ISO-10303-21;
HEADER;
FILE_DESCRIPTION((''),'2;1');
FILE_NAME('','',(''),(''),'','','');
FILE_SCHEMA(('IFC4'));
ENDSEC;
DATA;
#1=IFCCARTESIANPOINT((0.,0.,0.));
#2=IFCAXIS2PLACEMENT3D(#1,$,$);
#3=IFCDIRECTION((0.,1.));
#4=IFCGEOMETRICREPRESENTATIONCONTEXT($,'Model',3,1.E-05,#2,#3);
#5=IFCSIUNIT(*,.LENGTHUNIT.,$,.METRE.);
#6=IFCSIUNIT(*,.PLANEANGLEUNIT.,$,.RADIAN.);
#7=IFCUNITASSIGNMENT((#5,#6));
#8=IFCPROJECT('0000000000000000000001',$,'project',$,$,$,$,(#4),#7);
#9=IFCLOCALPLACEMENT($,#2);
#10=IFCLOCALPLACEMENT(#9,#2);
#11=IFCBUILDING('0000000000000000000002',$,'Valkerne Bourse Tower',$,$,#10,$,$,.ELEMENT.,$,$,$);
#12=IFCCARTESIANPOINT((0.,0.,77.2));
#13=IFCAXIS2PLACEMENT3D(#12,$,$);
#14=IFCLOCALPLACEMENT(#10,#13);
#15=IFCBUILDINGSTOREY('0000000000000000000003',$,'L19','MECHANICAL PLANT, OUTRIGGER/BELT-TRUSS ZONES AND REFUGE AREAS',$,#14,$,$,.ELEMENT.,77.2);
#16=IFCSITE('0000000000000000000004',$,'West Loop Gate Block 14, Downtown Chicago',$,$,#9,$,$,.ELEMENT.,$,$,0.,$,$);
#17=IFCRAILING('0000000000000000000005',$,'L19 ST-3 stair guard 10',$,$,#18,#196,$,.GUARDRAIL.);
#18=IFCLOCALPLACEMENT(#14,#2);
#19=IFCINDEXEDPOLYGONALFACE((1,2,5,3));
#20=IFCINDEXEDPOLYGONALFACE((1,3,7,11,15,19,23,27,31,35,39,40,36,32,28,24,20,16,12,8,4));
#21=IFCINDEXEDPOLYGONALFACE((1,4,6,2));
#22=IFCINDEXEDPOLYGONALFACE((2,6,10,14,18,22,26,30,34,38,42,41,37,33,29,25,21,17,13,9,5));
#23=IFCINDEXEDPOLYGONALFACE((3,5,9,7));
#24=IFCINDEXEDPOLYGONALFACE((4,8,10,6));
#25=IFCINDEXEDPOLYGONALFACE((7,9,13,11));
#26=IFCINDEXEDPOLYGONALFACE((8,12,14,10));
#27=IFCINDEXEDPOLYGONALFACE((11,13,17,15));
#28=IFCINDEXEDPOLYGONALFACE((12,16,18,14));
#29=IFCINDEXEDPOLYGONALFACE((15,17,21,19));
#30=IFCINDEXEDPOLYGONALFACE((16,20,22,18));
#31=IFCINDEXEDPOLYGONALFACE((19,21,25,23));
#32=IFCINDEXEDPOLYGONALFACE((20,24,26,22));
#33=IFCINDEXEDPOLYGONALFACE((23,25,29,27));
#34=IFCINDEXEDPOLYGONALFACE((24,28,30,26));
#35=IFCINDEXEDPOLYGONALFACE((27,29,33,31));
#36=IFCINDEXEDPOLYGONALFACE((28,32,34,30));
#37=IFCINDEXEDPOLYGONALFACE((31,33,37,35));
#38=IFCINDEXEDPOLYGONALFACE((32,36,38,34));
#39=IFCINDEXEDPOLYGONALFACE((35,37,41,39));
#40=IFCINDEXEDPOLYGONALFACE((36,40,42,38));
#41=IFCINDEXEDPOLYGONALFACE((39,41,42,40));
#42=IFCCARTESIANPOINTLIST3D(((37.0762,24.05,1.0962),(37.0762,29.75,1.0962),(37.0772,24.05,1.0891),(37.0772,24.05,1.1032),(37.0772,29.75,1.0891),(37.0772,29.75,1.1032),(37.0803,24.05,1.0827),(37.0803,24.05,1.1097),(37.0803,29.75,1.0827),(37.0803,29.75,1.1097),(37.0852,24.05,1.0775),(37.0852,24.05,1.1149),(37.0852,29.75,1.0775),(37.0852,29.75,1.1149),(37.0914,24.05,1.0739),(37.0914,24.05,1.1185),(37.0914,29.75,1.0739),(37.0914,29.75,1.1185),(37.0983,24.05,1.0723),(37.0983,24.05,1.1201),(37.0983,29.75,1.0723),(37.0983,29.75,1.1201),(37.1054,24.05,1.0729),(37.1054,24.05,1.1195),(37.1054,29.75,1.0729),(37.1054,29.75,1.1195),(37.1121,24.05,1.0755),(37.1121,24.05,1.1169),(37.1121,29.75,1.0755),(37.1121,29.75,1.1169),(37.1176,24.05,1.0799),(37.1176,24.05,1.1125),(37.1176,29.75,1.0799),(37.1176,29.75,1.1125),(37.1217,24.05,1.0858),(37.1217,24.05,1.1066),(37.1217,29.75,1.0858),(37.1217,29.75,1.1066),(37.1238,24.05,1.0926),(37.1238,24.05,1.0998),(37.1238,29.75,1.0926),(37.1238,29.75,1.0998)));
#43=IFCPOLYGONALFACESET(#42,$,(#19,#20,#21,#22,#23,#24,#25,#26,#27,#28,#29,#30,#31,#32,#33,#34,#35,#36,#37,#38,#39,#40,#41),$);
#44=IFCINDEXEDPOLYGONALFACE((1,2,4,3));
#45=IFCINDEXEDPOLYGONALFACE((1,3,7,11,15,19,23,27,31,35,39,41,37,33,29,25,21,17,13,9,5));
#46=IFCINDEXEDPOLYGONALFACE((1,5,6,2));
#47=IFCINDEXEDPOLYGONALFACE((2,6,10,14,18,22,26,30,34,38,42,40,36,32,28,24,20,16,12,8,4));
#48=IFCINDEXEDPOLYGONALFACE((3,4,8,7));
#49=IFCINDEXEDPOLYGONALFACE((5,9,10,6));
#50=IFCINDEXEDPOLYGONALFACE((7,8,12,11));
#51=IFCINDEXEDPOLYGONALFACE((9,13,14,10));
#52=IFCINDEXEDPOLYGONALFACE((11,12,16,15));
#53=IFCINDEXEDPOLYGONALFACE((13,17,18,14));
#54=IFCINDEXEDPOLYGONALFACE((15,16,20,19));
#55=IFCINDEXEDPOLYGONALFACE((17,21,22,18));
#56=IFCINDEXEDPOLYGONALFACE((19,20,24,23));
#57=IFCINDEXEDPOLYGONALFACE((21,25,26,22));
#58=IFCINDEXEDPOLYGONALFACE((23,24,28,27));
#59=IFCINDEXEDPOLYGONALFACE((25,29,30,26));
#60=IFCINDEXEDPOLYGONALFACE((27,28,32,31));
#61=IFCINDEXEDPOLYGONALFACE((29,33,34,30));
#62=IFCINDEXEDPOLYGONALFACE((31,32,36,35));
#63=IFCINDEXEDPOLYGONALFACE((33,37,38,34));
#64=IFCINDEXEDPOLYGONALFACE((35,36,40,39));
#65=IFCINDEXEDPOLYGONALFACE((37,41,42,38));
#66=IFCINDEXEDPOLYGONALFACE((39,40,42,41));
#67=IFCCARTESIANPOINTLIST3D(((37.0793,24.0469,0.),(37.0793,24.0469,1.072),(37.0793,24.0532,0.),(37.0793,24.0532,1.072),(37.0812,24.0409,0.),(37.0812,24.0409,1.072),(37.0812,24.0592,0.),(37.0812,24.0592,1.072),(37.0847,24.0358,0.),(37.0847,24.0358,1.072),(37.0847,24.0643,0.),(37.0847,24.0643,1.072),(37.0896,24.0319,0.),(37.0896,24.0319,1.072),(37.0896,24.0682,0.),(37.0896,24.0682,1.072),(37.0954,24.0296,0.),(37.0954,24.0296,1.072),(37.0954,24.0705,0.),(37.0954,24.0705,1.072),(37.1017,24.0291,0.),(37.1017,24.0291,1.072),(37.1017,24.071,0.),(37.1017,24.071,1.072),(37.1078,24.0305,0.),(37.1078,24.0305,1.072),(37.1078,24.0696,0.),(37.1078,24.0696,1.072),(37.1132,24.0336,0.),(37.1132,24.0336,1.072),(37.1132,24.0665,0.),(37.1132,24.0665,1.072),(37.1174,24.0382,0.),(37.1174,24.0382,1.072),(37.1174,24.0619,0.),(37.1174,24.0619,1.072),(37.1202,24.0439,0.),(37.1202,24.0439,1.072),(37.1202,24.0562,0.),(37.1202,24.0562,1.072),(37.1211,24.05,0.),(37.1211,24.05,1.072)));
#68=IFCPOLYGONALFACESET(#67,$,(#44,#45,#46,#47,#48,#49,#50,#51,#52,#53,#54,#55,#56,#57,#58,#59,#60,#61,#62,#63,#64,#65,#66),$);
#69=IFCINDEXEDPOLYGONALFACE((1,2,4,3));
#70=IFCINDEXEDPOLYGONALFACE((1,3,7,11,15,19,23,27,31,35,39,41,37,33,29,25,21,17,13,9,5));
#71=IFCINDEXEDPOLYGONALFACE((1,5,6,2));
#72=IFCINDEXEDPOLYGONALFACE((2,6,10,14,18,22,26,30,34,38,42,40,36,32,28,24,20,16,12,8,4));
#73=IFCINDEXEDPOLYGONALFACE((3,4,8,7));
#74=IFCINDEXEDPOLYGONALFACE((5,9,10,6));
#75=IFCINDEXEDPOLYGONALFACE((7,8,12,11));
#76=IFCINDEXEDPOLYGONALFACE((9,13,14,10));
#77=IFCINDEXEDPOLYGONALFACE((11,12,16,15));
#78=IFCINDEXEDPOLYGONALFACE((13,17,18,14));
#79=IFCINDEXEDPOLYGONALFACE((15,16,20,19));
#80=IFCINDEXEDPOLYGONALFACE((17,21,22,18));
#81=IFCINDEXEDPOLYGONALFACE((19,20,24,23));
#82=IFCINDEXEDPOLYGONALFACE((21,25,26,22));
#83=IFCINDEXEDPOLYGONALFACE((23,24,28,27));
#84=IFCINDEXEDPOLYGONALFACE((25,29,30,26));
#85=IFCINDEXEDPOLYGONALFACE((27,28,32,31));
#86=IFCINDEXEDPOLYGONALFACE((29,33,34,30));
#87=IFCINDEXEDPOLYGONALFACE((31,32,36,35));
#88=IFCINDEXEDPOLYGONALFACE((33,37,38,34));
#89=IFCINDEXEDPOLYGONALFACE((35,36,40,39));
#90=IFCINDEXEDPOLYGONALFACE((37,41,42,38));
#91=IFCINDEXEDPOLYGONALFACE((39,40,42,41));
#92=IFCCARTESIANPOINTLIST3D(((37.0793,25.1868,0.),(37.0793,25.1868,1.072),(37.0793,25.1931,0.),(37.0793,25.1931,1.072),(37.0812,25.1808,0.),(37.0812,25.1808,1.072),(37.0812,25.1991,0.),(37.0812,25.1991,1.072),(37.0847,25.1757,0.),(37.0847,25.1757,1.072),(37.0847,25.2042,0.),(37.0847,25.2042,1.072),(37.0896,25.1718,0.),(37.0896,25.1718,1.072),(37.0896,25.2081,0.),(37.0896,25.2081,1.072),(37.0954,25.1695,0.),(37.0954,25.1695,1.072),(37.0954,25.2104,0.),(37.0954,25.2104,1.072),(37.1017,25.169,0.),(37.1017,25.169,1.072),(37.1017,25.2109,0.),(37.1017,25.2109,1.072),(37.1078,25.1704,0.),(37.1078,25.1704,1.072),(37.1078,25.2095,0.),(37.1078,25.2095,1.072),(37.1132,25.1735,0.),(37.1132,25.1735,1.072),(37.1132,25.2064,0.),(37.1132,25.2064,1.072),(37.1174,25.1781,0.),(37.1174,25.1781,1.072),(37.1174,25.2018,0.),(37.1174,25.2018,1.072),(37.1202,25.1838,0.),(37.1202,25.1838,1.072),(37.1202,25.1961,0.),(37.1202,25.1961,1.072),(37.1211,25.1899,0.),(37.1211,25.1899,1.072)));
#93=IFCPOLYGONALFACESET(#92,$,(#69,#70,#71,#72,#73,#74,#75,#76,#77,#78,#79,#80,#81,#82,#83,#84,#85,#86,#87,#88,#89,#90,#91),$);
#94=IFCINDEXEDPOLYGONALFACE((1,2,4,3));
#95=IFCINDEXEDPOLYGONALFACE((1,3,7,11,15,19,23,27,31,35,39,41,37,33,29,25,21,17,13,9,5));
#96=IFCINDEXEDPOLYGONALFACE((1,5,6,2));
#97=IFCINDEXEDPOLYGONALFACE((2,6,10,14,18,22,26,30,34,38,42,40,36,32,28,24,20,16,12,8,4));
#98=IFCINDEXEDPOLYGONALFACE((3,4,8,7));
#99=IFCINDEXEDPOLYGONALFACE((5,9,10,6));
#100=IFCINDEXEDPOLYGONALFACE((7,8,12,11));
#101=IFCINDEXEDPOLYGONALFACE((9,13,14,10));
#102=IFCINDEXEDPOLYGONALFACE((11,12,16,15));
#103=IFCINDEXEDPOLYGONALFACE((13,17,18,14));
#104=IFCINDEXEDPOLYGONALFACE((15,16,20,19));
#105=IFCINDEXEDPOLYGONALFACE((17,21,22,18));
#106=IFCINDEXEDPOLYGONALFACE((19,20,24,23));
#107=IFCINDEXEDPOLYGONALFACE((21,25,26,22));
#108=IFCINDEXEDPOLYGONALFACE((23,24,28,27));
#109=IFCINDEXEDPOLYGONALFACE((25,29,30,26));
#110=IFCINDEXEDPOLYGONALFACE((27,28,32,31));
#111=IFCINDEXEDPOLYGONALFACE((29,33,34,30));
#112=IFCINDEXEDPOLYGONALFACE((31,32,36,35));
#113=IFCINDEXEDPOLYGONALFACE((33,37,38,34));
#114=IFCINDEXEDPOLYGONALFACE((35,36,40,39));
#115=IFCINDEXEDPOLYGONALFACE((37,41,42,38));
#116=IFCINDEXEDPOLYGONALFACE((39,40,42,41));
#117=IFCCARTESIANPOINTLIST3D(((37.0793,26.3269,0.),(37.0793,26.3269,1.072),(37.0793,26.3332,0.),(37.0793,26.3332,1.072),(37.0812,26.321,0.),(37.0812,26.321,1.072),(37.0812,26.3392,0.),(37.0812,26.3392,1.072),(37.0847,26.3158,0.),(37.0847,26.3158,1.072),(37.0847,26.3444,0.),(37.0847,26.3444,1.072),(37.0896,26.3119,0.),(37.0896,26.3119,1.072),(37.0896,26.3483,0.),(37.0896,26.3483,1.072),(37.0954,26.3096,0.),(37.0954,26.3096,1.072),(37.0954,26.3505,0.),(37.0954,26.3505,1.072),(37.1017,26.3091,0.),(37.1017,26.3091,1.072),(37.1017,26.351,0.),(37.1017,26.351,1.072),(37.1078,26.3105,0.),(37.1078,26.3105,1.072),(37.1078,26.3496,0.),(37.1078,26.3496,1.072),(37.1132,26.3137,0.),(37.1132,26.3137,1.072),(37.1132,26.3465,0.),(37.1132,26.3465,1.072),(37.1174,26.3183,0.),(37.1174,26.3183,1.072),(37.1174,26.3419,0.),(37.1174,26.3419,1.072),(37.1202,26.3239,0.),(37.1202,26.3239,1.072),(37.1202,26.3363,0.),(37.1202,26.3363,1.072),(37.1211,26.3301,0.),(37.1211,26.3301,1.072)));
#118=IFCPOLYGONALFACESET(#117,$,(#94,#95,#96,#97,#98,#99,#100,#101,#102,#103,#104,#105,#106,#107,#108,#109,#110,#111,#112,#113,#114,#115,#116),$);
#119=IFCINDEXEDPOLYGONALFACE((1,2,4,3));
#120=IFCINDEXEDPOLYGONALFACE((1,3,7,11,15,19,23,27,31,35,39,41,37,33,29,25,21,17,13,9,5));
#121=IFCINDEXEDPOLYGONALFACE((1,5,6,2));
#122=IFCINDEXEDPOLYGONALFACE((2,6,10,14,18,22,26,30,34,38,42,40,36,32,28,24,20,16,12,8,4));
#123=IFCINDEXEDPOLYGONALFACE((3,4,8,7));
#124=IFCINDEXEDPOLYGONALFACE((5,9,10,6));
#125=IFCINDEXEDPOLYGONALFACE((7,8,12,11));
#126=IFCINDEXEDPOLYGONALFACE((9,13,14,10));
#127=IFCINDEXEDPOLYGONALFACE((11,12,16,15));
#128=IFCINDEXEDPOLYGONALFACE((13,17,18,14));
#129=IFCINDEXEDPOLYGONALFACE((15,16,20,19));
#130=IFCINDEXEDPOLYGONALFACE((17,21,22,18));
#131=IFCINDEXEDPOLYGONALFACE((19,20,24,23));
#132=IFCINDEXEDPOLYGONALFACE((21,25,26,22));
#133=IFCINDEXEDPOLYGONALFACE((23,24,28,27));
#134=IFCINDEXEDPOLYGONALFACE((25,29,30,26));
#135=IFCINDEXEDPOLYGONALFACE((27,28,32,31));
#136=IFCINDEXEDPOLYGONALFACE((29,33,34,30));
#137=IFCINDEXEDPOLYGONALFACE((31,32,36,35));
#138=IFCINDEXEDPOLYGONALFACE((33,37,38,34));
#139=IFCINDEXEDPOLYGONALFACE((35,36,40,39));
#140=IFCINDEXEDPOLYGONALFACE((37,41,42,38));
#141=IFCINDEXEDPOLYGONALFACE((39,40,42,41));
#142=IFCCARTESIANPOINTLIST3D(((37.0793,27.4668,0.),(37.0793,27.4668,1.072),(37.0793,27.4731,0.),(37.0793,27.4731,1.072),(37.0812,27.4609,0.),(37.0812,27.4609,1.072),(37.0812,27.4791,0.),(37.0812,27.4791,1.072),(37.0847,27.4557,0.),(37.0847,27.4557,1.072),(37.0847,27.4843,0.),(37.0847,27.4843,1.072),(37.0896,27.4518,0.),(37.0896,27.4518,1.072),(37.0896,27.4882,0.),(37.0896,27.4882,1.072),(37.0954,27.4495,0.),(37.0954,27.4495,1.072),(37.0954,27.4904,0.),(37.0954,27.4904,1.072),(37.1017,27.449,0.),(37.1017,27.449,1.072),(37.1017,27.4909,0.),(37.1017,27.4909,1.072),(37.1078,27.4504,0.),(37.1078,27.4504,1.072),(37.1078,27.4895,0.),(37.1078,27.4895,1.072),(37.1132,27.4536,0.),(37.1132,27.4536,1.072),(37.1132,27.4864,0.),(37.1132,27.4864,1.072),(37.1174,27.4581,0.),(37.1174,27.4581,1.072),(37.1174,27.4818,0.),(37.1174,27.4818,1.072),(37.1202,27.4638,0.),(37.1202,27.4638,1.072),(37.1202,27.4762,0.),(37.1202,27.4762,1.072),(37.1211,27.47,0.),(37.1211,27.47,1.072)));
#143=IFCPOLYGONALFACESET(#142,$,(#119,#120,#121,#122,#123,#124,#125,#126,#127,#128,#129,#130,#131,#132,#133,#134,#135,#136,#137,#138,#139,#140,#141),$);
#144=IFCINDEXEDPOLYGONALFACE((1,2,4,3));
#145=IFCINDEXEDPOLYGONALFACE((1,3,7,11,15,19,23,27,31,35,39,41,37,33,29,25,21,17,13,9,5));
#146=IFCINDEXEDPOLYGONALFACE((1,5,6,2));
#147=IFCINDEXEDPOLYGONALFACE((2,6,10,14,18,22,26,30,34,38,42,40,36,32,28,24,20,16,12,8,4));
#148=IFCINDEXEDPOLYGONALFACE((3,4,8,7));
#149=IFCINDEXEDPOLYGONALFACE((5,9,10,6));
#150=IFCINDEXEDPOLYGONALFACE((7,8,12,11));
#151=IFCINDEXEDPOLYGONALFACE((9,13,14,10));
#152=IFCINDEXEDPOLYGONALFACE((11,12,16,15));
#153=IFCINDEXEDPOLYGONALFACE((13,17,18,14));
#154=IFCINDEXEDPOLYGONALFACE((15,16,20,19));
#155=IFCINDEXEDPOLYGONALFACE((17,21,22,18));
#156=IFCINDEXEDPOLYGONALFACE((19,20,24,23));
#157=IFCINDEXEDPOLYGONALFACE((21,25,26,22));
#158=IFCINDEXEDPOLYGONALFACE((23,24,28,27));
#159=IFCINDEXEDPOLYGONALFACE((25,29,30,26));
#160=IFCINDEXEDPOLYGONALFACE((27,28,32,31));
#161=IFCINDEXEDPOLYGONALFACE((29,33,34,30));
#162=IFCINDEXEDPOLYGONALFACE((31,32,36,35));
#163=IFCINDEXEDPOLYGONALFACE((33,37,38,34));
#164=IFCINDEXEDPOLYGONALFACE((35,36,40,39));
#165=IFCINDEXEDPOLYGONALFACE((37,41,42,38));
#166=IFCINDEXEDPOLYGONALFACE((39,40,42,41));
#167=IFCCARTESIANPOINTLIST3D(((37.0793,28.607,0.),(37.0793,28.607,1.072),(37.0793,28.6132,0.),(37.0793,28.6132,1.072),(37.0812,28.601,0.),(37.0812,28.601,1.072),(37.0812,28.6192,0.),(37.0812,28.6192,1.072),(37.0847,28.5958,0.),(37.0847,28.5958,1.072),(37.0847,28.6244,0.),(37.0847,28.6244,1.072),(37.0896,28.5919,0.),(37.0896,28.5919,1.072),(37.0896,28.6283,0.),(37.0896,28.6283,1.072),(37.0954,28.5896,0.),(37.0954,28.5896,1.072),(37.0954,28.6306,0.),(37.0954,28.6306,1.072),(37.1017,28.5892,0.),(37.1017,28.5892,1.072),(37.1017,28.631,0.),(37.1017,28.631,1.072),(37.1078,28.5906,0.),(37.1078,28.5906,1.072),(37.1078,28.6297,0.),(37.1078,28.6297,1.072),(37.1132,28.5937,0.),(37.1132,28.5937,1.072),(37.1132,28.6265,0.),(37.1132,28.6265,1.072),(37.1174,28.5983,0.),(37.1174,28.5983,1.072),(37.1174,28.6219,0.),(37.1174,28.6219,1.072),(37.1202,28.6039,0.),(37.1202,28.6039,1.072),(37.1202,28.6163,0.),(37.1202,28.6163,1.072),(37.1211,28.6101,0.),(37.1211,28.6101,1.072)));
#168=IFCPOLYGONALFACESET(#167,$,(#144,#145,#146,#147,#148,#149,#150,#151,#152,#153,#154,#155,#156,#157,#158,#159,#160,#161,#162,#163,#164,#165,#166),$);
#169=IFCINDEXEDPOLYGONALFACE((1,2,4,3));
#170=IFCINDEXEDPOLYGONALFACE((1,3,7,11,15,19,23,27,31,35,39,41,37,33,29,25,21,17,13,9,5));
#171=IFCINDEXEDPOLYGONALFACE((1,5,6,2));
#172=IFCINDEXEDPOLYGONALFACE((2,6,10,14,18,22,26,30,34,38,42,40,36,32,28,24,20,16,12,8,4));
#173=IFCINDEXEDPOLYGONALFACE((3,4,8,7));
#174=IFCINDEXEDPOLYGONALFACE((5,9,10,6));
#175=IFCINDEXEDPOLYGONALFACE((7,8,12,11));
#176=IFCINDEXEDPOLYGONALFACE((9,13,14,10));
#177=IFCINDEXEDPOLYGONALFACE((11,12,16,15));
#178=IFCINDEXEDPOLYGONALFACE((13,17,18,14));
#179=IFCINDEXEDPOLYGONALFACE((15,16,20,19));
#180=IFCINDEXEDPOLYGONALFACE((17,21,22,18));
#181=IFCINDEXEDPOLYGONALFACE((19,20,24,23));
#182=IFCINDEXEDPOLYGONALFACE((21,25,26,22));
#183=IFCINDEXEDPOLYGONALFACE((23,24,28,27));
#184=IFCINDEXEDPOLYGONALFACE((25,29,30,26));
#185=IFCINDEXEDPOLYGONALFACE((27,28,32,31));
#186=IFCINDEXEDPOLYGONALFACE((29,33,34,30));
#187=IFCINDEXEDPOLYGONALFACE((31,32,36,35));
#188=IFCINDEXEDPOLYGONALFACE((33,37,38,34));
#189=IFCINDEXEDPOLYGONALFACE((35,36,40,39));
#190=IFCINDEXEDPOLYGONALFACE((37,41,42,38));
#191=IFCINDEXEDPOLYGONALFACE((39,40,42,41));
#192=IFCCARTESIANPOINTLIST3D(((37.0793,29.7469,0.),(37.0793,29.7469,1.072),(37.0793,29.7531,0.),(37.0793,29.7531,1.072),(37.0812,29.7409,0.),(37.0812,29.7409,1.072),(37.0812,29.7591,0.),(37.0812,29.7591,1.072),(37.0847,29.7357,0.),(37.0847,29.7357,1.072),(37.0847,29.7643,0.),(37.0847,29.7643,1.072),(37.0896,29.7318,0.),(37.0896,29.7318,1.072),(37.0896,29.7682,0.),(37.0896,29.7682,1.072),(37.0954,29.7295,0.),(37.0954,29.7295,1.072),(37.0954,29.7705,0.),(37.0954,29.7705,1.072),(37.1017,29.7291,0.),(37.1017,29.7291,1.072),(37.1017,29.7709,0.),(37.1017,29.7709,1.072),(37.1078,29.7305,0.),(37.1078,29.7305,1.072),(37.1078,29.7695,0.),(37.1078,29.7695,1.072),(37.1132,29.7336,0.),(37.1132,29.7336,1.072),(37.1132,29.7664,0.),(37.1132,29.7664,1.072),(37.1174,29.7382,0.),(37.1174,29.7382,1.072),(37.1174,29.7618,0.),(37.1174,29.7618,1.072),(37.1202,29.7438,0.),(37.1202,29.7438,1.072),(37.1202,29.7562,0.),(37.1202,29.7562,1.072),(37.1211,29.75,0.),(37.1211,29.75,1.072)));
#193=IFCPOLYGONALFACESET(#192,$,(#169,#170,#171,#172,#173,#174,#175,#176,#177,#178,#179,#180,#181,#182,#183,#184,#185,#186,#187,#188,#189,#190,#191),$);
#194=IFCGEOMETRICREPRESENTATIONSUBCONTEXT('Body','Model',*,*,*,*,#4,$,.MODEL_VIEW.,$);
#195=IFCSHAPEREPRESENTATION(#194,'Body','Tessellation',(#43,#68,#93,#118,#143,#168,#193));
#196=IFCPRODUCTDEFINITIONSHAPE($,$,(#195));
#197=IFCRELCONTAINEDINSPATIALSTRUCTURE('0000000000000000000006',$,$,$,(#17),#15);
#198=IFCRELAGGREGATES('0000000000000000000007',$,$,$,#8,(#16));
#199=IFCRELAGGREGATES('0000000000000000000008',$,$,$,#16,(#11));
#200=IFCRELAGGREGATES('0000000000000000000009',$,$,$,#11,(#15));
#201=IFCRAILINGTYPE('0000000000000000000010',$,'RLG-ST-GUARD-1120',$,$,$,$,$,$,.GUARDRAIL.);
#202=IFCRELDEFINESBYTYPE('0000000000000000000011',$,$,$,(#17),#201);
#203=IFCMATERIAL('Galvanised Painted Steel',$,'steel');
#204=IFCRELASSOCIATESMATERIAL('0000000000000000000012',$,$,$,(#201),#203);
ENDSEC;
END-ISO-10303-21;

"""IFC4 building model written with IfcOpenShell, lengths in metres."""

from ifc_helpers import new_model, si_unit, direction, frame, origin, origin_2d, place, context, subcontext, project, spatial, circle, extrude, material, type_object, element, save


model = new_model("IFC4")

# Units and contexts
model_context = context("Model", 3, precision=1e-05, world=origin(), true_north=direction((0.0, 1.0)))
body_context = subcontext(model_context, "Body", "Model", "MODEL_VIEW")
ifc_project = project(units=[si_unit("LENGTHUNIT", "METRE"), si_unit("PLANEANGLEUNIT", "RADIAN")], contexts=[model_context])

# Site, building, storey
site_placement = place(None, origin())
site = spatial("IfcSite", under=ifc_project, at=site_placement, Name="West Loop Gate Block 14, Downtown Chicago", CompositionType="ELEMENT", RefElevation=0.0)
building_placement = place(site_placement, origin())
building = spatial("IfcBuilding", under=site, at=building_placement, Name="Valkerne Bourse Tower", CompositionType="ELEMENT")
storey_placement = place(building_placement, frame((0.0, 0.0, 77.2)))
storey = spatial("IfcBuildingStorey", under=building, at=storey_placement, Name="L19", Description="MECHANICAL PLANT, OUTRIGGER/BELT-TRUSS ZONES AND REFUGE AREAS", CompositionType="ELEMENT", Elevation=77.2)

# Shared definitions
ifc_material_1 = material(Name="Galvanised Painted Steel", Category="steel")

# Railing
railing_type_1 = type_object("IfcRailingType", Name="RLG-ST-GUARD-1120", PredefinedType="GUARDRAIL", material=ifc_material_1)
railing_1_placement = place(storey_placement, frame((37.1001, 24.05, 0.0)))
element("IfcRailing", 1, at=railing_1_placement, inside=storey, type_object=railing_type_1, Name="L19 ST-3 stair guard 10", PredefinedType="GUARDRAIL", context=body_context, shape_type="SweptSolid", body=[
    extrude(circle(Radius=0.0239, at=origin_2d()), frame((0.0, 0.0, 1.0962), z_axis=(0.0, 1.0, 0.0), x_axis=(-1.0, 0.0, 0.0)), (0.0, 0.0, 1.0), 5.7),
    extrude(circle(Radius=0.021, at=origin_2d()), origin(), (0.0, 0.0, 1.0), 1.072),
    extrude(circle(Radius=0.021, at=origin_2d()), frame((0.0, 1.1399, 0.0)), (0.0, 0.0, 1.0), 1.072),
    extrude(circle(Radius=0.021, at=origin_2d()), frame((0.0, 2.28, 0.0)), (0.0, 0.0, 1.0), 1.072),
    extrude(circle(Radius=0.021, at=origin_2d()), frame((0.0, 3.4199, 0.0)), (0.0, 0.0, 1.0), 1.072),
    extrude(circle(Radius=0.021, at=origin_2d()), frame((0.0, 4.5601, 0.0)), (0.0, 0.0, 1.0), 1.072),
    extrude(circle(Radius=0.021, at=origin_2d()), frame((0.0, 5.7, 0.0)), (0.0, 0.0, 1.0), 1.072),
])

save(model, "model.ifc")
